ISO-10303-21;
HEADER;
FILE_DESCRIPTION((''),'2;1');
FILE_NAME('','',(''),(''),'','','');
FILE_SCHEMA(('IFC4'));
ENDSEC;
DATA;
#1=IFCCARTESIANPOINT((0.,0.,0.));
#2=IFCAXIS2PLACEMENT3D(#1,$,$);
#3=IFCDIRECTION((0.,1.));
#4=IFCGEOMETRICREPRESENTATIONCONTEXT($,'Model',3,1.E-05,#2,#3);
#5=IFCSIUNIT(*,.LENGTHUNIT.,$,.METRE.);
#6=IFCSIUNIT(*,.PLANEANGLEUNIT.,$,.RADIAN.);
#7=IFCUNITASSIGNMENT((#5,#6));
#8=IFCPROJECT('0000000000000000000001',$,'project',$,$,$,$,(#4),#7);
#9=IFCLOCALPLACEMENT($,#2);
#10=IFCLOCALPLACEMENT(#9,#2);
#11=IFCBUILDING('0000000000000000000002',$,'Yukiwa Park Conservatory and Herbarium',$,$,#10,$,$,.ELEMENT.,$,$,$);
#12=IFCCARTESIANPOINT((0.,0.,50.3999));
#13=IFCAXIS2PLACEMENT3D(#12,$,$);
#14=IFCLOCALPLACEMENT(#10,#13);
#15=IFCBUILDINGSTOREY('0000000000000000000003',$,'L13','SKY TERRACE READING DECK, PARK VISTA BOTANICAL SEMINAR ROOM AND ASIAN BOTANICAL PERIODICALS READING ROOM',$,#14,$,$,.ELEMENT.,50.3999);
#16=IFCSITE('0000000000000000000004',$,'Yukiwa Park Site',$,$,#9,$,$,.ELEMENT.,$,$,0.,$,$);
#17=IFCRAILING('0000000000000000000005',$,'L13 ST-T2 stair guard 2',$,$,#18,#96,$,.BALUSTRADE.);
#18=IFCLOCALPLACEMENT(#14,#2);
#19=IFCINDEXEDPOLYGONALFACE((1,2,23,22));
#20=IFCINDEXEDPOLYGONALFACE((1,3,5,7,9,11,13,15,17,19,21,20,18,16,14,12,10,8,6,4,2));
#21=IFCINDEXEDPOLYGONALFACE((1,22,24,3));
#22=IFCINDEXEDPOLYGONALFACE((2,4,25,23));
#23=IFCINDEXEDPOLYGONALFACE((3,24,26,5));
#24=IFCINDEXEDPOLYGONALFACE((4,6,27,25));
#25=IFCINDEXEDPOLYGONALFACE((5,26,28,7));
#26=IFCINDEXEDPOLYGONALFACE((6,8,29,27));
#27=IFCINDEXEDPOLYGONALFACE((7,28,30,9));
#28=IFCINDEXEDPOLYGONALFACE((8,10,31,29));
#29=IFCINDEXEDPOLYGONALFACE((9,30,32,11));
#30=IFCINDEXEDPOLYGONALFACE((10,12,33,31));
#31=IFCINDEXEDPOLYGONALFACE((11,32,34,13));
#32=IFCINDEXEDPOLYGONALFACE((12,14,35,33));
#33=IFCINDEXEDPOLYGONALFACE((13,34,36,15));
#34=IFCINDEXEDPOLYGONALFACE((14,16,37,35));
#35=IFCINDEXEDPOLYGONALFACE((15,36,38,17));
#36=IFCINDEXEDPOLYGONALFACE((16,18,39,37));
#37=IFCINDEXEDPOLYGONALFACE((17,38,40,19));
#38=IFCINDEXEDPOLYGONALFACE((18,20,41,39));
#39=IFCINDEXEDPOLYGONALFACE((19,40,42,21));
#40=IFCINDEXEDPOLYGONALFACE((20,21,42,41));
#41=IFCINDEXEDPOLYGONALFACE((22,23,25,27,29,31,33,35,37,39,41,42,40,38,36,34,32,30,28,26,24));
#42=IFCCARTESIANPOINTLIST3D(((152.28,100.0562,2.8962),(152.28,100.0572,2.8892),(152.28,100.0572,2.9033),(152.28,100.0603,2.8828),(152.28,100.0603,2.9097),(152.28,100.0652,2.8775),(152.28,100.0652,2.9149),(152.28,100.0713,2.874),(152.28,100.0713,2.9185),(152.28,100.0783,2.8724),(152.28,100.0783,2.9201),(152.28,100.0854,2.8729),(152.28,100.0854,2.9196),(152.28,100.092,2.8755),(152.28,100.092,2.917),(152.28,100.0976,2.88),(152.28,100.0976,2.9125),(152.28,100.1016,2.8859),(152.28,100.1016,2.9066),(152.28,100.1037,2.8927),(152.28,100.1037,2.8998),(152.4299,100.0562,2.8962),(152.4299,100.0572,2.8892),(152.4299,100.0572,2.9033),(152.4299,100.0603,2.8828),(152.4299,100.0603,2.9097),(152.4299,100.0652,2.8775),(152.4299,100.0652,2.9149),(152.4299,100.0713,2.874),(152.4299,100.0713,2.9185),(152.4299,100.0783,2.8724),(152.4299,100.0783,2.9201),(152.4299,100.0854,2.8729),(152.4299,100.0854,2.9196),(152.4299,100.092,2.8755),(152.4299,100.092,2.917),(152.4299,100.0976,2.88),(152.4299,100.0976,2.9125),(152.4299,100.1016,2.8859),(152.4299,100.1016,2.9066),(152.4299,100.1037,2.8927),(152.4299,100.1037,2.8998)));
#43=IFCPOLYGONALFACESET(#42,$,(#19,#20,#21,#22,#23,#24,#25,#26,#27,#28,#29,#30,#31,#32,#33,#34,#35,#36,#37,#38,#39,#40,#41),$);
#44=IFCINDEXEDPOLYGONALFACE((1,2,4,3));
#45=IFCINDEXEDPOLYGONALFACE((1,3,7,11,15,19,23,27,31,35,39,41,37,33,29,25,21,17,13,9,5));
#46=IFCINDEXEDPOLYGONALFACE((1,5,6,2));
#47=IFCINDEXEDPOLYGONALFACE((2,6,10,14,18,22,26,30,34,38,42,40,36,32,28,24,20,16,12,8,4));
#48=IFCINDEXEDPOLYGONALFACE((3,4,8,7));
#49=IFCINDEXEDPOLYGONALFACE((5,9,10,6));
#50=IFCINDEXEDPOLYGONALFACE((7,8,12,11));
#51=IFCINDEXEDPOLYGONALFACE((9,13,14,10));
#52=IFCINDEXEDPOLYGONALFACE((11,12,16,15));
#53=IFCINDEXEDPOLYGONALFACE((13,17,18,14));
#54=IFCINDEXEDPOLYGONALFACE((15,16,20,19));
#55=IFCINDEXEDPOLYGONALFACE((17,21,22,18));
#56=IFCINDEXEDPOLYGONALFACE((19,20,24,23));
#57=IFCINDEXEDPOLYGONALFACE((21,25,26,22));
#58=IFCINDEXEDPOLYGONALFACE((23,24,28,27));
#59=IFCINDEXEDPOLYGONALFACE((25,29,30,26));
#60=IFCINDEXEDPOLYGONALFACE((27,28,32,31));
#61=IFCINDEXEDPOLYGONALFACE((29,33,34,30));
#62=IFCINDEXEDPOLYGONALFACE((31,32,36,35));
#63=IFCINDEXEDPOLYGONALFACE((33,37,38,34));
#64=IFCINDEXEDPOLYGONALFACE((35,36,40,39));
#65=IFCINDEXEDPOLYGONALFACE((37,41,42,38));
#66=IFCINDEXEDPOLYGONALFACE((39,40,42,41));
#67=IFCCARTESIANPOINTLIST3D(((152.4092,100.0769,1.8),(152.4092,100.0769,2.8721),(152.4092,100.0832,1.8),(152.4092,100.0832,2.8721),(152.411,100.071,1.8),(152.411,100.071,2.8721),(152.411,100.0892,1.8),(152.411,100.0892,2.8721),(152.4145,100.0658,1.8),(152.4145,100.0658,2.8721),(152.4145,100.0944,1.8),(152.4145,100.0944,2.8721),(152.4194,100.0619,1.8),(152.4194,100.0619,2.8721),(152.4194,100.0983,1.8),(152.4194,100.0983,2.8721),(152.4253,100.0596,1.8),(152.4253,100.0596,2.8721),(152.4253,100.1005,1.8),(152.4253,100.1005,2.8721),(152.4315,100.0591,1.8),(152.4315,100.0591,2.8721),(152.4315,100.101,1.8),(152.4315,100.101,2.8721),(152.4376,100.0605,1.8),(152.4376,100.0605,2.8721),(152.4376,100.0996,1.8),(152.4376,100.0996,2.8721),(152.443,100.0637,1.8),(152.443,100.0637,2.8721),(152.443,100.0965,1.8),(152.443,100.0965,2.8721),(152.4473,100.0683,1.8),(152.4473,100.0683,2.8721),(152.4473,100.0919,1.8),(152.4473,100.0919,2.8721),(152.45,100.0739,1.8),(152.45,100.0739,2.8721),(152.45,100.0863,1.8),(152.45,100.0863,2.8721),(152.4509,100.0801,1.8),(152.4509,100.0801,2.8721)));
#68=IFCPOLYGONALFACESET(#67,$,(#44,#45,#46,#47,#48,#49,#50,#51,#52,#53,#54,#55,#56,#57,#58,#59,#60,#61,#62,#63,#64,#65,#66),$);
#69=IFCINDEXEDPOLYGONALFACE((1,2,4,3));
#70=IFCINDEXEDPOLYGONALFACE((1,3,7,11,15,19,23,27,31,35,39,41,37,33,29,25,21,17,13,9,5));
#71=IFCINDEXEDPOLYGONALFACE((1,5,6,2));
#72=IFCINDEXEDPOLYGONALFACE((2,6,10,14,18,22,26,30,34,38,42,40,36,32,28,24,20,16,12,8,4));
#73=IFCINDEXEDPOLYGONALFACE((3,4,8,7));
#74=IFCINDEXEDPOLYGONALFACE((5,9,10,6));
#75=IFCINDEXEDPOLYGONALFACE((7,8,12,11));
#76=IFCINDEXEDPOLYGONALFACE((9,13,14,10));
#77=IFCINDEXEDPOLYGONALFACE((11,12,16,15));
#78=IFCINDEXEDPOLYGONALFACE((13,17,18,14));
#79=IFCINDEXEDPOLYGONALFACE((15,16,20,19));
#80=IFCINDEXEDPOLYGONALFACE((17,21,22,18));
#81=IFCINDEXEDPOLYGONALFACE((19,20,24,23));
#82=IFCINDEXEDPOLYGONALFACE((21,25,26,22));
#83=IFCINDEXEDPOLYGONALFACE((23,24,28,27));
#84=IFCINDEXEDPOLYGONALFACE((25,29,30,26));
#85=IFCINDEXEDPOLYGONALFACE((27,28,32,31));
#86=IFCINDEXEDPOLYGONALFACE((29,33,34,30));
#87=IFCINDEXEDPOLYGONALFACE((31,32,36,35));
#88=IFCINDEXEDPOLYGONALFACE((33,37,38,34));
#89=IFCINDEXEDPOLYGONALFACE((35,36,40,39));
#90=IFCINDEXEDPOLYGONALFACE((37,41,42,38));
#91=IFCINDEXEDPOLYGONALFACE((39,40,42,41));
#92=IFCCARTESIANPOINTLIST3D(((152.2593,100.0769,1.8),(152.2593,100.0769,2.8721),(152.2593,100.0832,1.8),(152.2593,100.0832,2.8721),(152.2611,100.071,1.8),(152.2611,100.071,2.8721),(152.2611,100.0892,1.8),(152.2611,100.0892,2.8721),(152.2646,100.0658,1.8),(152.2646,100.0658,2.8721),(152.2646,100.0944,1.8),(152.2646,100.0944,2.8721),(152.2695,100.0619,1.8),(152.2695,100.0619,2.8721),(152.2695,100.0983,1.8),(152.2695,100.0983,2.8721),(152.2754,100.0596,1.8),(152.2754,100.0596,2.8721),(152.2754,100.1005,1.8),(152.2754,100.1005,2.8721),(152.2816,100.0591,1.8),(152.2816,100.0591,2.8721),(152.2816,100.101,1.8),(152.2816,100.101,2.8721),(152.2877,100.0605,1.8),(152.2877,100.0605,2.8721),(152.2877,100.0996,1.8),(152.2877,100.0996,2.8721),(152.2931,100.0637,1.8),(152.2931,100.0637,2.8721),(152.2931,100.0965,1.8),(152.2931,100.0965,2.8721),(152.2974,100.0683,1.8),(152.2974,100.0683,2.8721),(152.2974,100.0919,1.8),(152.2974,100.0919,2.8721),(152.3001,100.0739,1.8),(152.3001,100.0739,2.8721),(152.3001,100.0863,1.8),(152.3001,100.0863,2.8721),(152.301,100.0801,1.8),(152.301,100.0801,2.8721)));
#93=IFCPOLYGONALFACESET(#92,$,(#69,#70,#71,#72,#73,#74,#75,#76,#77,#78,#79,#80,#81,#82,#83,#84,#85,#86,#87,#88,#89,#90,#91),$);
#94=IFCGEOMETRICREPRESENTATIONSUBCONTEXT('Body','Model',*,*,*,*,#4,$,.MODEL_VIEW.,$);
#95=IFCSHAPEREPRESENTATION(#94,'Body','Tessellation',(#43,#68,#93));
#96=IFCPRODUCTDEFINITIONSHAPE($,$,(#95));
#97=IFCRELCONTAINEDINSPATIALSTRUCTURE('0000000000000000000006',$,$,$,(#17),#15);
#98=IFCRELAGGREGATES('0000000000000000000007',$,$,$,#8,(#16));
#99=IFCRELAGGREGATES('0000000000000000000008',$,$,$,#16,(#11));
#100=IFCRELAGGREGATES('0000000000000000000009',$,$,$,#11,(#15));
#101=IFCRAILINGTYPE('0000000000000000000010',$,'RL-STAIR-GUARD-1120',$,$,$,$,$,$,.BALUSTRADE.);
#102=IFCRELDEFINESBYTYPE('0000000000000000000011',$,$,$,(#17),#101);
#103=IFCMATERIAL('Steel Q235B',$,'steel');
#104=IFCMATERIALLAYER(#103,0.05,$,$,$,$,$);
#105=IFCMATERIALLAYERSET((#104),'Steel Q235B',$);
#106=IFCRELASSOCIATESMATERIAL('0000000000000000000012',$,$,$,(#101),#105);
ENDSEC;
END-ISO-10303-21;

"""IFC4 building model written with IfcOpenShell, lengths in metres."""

from ifc_helpers import new_model, si_unit, direction, frame, origin, origin_2d, place, context, subcontext, project, spatial, circle, extrude, material, layer, layer_set, type_object, element, save


model = new_model("IFC4")

# Units and contexts
model_context = context("Model", 3, precision=1e-05, world=origin(), true_north=direction((0.0, 1.0)))
body_context = subcontext(model_context, "Body", "Model", "MODEL_VIEW")
ifc_project = project(units=[si_unit("LENGTHUNIT", "METRE"), si_unit("PLANEANGLEUNIT", "RADIAN")], contexts=[model_context])

# Site, building, storey
site_placement = place(None, origin())
site = spatial("IfcSite", under=ifc_project, at=site_placement, Name="Yukiwa Park Site", CompositionType="ELEMENT", RefElevation=0.0)
building_placement = place(site_placement, origin())
building = spatial("IfcBuilding", under=site, at=building_placement, Name="Yukiwa Park Conservatory and Herbarium", CompositionType="ELEMENT")
storey_placement = place(building_placement, frame((0.0, 0.0, 50.3999)))
storey = spatial("IfcBuildingStorey", under=building, at=storey_placement, Name="L13", Description="SKY TERRACE READING DECK, PARK VISTA BOTANICAL SEMINAR ROOM AND ASIAN BOTANICAL PERIODICALS READING ROOM", CompositionType="ELEMENT", Elevation=50.3999)

# Railing
ifc_material_1 = material(Name="Steel Q235B", Category="steel")
ifc_layer_1 = layer(ifc_material_1, 0.05)
ifc_layer_set_1 = layer_set([ifc_layer_1], Name="Steel Q235B")
railing_type_1 = type_object("IfcRailingType", Name="RL-STAIR-GUARD-1120", PredefinedType="BALUSTRADE", material=ifc_layer_set_1)
railing_1_placement = place(storey_placement, frame((152.4299, 100.0801, 1.8)))
element("IfcRailing", 1, at=railing_1_placement, inside=storey, type_object=railing_type_1, Name="L13 ST-T2 stair guard 2", PredefinedType="BALUSTRADE", context=body_context, shape_type="SweptSolid", body=[
    extrude(circle(Radius=0.0239, at=origin_2d()), frame((0.0, 0.0, 1.0962), z_axis=(-1.0, 0.0, 0.0), x_axis=(0.0, -1.0, 0.0)), (0.0, 0.0, 1.0), 0.1499),
    extrude(circle(Radius=0.021, at=origin_2d()), origin(), (0.0, 0.0, 1.0), 1.072),
    extrude(circle(Radius=0.021, at=origin_2d()), frame((-0.1499, 0.0, 0.0)), (0.0, 0.0, 1.0), 1.072),
])

save(model, "model.ifc")
